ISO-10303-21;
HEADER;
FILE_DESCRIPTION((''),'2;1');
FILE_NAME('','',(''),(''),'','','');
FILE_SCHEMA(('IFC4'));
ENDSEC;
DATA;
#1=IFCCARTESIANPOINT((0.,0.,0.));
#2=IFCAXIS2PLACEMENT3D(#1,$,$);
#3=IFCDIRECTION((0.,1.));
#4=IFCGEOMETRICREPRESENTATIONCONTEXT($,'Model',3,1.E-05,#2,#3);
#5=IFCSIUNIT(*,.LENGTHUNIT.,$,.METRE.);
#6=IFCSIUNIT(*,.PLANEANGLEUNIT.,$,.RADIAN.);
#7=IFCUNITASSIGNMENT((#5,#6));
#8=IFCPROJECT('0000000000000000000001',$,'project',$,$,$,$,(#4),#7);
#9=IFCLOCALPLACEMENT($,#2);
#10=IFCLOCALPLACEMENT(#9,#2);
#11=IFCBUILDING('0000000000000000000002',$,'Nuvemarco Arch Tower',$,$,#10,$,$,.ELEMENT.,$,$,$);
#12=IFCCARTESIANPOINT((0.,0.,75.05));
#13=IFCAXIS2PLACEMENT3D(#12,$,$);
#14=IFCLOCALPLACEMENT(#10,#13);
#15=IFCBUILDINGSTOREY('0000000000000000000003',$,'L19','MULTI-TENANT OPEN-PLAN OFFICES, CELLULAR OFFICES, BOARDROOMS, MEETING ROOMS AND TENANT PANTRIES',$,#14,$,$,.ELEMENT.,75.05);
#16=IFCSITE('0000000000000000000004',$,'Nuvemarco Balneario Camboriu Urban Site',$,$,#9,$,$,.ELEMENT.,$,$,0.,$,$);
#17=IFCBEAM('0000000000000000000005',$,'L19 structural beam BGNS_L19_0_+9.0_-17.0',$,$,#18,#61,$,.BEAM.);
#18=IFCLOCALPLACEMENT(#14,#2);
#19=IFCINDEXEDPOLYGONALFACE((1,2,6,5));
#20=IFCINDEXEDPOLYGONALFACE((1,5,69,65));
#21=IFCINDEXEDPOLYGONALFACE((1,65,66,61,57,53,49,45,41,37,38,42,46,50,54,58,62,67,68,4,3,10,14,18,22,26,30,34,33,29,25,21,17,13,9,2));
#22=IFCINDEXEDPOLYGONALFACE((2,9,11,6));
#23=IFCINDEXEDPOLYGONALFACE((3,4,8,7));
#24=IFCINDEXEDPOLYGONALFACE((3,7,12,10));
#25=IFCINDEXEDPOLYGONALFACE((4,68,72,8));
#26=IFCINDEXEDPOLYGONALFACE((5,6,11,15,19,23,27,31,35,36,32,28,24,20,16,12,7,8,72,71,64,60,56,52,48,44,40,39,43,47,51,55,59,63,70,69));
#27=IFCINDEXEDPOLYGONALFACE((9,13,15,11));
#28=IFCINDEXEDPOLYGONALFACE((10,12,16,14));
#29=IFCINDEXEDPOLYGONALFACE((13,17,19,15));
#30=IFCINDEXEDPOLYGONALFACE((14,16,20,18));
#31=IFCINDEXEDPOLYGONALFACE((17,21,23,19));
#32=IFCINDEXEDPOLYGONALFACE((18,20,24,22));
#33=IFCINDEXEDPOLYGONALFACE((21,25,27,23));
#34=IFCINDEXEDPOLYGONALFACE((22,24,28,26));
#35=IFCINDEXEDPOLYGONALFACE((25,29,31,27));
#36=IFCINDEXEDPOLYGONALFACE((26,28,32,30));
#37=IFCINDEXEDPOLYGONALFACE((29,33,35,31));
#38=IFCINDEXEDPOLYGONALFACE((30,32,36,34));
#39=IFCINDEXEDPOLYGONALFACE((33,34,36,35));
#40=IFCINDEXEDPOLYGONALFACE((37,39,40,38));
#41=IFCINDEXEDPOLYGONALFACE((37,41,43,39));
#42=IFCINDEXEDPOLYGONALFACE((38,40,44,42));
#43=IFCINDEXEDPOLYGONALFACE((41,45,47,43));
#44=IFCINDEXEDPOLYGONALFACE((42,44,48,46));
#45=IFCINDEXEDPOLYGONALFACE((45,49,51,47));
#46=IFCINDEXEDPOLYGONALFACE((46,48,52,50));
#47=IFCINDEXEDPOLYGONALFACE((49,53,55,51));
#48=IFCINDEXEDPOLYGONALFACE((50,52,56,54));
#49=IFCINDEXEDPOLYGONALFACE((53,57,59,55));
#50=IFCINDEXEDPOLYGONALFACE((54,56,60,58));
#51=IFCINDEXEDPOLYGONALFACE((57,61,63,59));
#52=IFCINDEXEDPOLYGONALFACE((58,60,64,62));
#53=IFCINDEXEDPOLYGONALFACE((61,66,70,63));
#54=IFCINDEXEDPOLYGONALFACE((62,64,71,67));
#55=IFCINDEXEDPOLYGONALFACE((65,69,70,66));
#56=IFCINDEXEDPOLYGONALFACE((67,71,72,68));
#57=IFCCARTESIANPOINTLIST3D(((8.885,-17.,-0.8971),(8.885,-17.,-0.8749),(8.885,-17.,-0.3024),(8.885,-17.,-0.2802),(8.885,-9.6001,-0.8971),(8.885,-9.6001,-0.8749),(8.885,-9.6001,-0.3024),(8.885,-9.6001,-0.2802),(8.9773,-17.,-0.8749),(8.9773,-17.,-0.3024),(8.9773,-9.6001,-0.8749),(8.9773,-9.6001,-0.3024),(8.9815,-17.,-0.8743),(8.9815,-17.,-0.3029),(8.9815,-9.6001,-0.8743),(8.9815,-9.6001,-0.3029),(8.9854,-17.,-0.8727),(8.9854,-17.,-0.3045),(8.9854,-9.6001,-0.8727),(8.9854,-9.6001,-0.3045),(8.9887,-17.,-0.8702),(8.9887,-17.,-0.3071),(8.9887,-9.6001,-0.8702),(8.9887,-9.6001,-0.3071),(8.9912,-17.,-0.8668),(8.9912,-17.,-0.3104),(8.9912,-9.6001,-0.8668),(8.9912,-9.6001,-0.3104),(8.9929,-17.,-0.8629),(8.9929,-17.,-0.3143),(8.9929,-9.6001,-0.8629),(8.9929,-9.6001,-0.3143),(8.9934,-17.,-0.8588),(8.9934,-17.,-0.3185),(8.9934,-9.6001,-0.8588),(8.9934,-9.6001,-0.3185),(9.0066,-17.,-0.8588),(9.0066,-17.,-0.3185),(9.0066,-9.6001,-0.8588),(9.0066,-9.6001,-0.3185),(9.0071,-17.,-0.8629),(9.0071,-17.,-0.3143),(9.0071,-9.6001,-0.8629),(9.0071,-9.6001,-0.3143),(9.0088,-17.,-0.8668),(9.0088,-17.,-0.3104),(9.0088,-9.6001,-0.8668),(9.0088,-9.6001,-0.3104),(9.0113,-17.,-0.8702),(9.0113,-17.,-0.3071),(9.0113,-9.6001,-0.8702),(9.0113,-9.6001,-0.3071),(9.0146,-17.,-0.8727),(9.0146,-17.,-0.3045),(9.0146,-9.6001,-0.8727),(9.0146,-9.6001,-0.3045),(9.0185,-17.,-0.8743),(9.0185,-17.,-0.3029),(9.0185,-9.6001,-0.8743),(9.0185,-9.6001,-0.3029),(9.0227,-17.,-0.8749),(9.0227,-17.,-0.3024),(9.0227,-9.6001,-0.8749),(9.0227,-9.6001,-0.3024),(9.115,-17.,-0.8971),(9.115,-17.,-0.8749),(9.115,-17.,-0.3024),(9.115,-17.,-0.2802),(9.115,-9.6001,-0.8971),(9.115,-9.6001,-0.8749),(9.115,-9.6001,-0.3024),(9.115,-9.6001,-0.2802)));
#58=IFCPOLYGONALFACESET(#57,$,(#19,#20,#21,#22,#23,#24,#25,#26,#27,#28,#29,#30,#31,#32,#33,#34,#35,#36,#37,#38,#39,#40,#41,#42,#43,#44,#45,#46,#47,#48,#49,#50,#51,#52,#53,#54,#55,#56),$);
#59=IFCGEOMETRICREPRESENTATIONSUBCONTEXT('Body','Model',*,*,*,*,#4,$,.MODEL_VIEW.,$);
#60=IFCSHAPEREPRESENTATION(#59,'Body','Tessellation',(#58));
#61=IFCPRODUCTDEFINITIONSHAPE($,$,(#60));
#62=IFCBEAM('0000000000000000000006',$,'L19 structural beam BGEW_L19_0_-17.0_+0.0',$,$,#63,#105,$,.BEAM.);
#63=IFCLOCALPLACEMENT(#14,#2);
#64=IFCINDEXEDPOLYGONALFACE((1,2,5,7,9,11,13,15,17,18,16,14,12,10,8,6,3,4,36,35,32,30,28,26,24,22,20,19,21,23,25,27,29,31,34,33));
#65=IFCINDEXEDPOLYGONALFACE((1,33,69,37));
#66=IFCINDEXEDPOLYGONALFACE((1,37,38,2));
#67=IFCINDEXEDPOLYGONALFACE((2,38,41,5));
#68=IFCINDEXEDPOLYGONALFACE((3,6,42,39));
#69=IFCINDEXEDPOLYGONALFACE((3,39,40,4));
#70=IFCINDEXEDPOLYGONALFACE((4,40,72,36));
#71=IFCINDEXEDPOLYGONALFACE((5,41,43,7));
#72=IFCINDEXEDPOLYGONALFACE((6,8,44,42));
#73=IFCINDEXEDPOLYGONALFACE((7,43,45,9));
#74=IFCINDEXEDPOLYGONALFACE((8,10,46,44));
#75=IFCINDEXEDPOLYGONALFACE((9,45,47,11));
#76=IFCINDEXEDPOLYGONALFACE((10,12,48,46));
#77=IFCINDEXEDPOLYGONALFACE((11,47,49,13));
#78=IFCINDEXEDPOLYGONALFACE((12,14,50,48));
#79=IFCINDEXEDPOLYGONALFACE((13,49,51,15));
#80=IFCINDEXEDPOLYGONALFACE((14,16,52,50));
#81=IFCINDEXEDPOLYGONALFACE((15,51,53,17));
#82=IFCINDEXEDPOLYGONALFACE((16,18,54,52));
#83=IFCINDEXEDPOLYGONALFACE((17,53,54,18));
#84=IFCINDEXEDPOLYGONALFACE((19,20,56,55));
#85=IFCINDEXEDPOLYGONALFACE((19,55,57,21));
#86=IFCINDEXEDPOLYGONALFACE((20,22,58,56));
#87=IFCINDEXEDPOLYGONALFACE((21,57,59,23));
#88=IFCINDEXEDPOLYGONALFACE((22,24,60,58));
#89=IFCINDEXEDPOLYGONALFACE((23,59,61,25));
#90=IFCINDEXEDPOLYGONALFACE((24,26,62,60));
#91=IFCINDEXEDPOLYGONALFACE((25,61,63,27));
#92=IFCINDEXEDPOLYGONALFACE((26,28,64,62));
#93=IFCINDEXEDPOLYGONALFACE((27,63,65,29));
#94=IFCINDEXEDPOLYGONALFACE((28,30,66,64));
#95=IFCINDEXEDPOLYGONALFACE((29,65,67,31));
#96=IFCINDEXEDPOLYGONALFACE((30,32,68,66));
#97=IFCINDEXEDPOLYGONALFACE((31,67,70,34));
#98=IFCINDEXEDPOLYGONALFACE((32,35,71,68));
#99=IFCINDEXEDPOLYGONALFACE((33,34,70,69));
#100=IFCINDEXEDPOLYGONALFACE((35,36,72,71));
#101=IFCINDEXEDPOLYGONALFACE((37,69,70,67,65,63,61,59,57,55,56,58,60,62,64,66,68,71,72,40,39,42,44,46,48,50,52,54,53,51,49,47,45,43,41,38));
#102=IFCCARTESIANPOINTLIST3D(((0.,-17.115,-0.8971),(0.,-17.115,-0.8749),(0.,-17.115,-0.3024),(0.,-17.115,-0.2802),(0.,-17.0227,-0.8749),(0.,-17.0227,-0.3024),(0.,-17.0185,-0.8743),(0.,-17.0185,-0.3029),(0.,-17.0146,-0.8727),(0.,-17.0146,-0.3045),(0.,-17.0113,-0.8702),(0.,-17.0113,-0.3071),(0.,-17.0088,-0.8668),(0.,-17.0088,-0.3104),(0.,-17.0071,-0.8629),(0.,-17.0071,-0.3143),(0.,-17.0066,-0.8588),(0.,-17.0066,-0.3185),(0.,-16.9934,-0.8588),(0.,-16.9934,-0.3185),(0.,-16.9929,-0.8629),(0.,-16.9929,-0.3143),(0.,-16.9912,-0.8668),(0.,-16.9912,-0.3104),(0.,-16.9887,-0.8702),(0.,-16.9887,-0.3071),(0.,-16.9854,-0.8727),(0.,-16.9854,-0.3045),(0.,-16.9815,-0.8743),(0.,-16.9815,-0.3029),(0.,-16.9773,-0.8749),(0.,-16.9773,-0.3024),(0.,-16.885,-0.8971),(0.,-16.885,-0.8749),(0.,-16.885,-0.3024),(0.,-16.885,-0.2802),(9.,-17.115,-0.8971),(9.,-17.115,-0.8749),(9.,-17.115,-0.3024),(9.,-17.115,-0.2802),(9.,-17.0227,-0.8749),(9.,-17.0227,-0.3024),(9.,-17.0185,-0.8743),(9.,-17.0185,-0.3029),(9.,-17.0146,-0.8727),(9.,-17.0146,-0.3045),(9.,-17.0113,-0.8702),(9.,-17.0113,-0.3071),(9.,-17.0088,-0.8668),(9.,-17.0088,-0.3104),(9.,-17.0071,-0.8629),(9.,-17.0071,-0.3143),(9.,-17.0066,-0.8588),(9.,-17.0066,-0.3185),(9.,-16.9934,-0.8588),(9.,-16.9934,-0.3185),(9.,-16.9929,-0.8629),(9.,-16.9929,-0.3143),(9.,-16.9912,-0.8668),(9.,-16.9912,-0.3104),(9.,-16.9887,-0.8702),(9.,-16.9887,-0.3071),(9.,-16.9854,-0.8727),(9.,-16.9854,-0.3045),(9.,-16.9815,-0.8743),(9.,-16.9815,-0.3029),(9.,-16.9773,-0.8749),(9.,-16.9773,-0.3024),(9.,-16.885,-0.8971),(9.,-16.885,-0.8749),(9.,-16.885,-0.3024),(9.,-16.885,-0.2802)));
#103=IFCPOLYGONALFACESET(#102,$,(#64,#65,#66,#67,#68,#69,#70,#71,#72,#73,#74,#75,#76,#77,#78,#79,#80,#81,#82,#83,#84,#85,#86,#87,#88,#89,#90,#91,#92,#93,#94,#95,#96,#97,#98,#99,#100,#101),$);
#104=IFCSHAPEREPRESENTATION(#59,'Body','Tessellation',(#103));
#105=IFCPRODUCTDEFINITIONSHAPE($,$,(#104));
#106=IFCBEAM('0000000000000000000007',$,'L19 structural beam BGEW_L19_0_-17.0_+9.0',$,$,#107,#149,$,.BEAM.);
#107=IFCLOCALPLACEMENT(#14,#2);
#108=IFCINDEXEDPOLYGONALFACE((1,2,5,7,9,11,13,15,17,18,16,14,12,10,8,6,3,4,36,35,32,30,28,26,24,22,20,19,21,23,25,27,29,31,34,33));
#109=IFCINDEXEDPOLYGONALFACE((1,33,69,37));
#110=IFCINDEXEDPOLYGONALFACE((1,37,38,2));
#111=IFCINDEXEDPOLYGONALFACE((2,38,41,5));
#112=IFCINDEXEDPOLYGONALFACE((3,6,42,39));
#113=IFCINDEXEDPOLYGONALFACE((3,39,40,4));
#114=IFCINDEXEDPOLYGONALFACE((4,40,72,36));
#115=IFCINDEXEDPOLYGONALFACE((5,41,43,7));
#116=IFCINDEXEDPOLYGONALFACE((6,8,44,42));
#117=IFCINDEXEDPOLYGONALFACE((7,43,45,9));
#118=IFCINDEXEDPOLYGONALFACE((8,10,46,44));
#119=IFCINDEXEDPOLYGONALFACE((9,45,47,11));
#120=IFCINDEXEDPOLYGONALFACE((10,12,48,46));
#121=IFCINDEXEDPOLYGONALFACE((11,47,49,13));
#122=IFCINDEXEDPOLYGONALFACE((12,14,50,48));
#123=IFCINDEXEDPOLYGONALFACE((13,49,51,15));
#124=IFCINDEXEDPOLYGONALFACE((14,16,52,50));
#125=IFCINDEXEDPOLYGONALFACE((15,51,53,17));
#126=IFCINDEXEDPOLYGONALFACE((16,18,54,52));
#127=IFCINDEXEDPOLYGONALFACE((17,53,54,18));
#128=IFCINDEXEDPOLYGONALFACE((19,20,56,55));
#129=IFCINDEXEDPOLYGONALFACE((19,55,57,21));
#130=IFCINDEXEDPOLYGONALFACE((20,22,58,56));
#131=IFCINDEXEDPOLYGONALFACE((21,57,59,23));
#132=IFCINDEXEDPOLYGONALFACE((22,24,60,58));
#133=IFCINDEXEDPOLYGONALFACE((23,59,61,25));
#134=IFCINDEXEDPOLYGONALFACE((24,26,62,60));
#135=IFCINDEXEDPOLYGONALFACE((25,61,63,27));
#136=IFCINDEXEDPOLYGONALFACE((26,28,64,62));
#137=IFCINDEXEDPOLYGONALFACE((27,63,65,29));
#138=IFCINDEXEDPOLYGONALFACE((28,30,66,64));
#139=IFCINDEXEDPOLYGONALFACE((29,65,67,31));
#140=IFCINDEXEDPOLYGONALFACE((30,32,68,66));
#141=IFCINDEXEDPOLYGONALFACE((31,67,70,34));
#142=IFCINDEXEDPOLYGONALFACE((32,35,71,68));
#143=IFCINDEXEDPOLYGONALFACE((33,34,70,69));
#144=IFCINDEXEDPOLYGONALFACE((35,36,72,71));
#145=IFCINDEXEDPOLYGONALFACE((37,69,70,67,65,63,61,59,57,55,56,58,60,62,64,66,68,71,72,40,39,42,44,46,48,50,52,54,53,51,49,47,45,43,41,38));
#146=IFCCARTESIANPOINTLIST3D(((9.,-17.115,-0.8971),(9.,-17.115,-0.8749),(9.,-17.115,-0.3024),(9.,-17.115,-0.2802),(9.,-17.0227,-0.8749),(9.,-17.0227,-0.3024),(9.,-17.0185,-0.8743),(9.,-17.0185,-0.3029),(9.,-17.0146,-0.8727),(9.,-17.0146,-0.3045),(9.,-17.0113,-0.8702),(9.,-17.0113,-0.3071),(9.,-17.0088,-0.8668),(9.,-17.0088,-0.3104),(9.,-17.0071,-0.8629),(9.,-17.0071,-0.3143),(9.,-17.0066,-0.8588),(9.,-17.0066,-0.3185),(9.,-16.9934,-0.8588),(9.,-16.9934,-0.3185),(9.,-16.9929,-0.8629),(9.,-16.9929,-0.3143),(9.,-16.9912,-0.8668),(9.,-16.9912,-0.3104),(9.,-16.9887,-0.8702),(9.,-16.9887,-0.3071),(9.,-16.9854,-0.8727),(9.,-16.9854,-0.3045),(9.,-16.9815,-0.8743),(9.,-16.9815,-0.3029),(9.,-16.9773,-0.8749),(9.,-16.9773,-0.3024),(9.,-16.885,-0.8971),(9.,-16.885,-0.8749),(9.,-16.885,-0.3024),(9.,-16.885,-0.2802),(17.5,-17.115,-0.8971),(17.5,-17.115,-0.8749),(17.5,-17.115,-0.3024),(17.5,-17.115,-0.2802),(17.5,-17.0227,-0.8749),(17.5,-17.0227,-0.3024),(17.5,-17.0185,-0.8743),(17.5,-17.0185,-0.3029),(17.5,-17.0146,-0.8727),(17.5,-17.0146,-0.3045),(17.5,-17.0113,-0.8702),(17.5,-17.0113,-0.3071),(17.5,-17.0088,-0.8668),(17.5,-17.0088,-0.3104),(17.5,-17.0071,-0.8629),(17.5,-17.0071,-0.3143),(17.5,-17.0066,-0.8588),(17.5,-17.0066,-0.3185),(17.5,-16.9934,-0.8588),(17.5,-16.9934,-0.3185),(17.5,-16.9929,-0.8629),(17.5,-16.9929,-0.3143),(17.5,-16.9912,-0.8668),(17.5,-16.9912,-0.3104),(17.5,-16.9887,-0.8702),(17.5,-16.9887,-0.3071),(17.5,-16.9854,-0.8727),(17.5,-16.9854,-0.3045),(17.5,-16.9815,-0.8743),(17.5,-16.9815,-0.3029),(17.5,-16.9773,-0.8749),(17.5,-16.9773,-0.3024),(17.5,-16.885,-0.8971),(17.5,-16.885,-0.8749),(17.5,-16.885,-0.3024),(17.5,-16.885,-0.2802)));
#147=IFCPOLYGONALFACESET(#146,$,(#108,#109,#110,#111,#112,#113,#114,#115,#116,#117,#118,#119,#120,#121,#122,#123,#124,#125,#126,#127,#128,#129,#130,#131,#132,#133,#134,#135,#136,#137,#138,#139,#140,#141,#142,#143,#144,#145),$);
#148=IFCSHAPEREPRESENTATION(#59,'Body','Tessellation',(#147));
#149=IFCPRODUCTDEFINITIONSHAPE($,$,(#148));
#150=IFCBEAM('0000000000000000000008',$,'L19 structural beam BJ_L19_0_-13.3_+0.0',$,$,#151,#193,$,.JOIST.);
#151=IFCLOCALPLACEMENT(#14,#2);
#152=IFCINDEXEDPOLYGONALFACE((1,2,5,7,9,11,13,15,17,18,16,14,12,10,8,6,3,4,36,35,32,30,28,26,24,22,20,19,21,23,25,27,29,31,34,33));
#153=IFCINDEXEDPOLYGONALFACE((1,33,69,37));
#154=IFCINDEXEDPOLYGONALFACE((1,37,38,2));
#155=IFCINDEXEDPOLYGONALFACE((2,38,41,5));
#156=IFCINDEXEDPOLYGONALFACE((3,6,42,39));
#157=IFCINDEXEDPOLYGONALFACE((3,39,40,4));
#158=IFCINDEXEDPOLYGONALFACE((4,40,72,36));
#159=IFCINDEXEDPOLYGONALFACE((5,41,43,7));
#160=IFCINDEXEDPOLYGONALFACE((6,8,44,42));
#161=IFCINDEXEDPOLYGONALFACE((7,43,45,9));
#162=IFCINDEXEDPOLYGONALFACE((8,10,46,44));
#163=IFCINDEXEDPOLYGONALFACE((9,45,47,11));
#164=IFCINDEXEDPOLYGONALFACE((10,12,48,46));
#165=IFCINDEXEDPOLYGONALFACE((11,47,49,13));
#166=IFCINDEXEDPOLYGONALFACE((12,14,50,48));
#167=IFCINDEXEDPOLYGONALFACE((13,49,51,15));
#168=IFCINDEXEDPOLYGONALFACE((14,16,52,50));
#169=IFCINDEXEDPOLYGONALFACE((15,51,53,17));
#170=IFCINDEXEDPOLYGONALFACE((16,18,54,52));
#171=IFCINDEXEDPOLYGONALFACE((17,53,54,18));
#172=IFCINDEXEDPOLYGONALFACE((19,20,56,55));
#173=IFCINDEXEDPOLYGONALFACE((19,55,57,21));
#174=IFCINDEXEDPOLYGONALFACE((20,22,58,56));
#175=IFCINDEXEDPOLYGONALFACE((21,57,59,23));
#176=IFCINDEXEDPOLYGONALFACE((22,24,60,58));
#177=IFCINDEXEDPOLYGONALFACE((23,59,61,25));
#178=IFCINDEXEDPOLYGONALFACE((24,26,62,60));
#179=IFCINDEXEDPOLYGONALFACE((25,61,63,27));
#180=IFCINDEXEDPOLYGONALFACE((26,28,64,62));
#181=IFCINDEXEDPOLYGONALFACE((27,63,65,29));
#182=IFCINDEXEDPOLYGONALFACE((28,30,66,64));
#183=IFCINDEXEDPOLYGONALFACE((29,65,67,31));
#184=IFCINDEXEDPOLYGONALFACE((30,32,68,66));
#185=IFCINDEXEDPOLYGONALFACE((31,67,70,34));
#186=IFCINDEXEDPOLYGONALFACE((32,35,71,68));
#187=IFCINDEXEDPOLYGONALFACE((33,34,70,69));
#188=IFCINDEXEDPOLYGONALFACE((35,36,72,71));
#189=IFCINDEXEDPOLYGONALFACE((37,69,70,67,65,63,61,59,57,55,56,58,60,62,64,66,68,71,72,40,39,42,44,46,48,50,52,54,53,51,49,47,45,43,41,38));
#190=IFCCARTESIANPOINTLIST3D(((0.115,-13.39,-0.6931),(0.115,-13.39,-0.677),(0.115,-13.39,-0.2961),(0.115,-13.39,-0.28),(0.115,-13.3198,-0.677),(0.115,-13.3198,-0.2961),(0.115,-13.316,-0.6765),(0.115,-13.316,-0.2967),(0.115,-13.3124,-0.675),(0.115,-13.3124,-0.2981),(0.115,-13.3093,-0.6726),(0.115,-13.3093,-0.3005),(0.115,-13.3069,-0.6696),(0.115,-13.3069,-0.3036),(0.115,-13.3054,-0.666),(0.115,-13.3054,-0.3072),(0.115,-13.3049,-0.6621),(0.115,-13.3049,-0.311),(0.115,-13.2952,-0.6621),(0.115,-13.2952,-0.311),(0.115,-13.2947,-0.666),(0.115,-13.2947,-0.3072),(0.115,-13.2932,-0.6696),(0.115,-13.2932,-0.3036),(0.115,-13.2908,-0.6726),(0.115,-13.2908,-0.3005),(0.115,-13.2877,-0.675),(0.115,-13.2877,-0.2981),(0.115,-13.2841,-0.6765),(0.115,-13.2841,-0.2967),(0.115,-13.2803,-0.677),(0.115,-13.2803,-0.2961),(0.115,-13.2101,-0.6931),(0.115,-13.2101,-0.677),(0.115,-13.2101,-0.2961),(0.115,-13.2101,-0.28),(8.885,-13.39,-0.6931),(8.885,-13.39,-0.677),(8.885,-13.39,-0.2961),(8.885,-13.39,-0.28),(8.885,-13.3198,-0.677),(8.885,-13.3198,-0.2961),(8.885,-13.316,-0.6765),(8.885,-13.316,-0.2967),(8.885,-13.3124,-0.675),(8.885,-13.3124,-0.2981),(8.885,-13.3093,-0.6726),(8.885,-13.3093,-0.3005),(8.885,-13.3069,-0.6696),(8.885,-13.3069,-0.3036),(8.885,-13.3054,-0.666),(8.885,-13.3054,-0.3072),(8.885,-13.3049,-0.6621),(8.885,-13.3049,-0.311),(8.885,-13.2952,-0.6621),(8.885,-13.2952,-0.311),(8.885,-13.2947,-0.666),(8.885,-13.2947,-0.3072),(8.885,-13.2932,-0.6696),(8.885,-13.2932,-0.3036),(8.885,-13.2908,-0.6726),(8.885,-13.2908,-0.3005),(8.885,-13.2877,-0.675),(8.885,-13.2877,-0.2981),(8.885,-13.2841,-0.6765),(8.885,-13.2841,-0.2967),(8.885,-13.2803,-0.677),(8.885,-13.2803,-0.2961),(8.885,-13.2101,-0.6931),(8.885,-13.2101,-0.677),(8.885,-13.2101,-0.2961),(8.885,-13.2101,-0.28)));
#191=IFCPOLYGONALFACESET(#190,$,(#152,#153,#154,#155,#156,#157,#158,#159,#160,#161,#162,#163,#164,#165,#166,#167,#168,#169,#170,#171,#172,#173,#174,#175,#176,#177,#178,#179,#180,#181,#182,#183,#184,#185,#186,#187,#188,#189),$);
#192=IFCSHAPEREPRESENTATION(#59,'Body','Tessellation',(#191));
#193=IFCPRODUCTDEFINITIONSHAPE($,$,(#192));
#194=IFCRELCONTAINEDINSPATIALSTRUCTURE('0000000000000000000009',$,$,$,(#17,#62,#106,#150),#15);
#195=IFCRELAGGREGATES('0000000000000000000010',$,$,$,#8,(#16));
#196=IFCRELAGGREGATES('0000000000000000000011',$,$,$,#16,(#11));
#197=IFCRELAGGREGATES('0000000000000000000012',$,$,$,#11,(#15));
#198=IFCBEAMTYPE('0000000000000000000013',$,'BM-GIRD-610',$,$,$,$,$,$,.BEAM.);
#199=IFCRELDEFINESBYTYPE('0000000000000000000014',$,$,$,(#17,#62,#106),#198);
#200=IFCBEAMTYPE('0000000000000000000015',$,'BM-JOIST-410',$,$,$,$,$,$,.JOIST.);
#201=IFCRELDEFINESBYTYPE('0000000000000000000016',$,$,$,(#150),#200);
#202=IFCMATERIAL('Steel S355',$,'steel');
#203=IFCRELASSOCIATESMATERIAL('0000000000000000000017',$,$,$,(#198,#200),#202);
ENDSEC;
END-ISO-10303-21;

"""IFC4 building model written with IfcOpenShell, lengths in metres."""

from ifc_helpers import new_model, si_unit, direction, frame, origin, origin_2d, place, context, subcontext, project, spatial, i_section, extrude, material, material_profile, profile_set, type_object, element, save


model = new_model("IFC4")

# Units and contexts
model_context = context("Model", 3, precision=1e-05, world=origin(), true_north=direction((0.0, 1.0)))
body_context = subcontext(model_context, "Body", "Model", "MODEL_VIEW")
ifc_project = project(units=[si_unit("LENGTHUNIT", "METRE"), si_unit("PLANEANGLEUNIT", "RADIAN")], contexts=[model_context])

# Site, building, storey
site_placement = place(None, origin())
site = spatial("IfcSite", under=ifc_project, at=site_placement, Name="Nuvemarco Balneario Camboriu Urban Site", CompositionType="ELEMENT", RefElevation=0.0)
building_placement = place(site_placement, origin())
building = spatial("IfcBuilding", under=site, at=building_placement, Name="Nuvemarco Arch Tower", CompositionType="ELEMENT")
storey_placement = place(building_placement, frame((0.0, 0.0, 75.05)))
storey = spatial("IfcBuildingStorey", under=building, at=storey_placement, Name="L19", Description="MULTI-TENANT OPEN-PLAN OFFICES, CELLULAR OFFICES, BOARDROOMS, MEETING ROOMS AND TENANT PANTRIES", CompositionType="ELEMENT", Elevation=75.05)

# Shared definitions
ifc_material_1 = material(Name="Steel S355", Category="steel")

# Beams
ifc_material_profile_1 = material_profile(ifc_material_1, i_section(OverallWidth=0.23, OverallDepth=0.6169, WebThickness=0.0132, FlangeThickness=0.0222, FilletRadius=0.0161, at=origin_2d()), Name="W610x140")
ifc_profile_set_1 = profile_set([ifc_material_profile_1], Name="Steel S355")
beam_type_1 = type_object("IfcBeamType", Name="BM-GIRD-610", PredefinedType="BEAM", material=ifc_profile_set_1)
beam_1_placement = place(storey_placement, frame((9.0, -17.0, -0.5886), z_axis=(0.0, 1.0, 0.0), x_axis=(-1.0, 0.0, 0.0)))
element("IfcBeam", 1, at=beam_1_placement, inside=storey, type_object=beam_type_1, Name="L19 structural beam BGNS_L19_0_+9.0_-17.0", PredefinedType="BEAM", context=body_context, shape_type="SweptSolid", body=[
    extrude(i_section(OverallWidth=0.23, OverallDepth=0.6169, WebThickness=0.0132, FlangeThickness=0.0222, FilletRadius=0.0161, at=origin_2d()), origin(), (0.0, 0.0, 1.0), 7.3999),
])
beam_2_placement = place(storey_placement, frame((0.0, -17.0, -0.5886), z_axis=(1.0, 0.0, 0.0), x_axis=(0.0, 1.0, 0.0)))
element("IfcBeam", 2, at=beam_2_placement, inside=storey, type_object=beam_type_1, Name="L19 structural beam BGEW_L19_0_-17.0_+0.0", PredefinedType="BEAM", context=body_context, shape_type="SweptSolid", body=[
    extrude(i_section(OverallWidth=0.23, OverallDepth=0.6169, WebThickness=0.0132, FlangeThickness=0.0222, FilletRadius=0.0161, at=origin_2d()), origin(), (0.0, 0.0, 1.0), 9.0),
])
beam_3_placement = place(storey_placement, frame((9.0, -17.0, -0.5886), z_axis=(1.0, 0.0, 0.0), x_axis=(0.0, 1.0, 0.0)))
element("IfcBeam", 3, at=beam_3_placement, inside=storey, type_object=beam_type_1, Name="L19 structural beam BGEW_L19_0_-17.0_+9.0", PredefinedType="BEAM", context=body_context, shape_type="SweptSolid", body=[
    extrude(i_section(OverallWidth=0.23, OverallDepth=0.6169, WebThickness=0.0132, FlangeThickness=0.0222, FilletRadius=0.0161, at=origin_2d()), origin(), (0.0, 0.0, 1.0), 8.5),
])
ifc_material_profile_2 = material_profile(ifc_material_1, i_section(OverallWidth=0.1799, OverallDepth=0.4131, WebThickness=0.0098, FlangeThickness=0.0161, FilletRadius=0.0149, at=origin_2d()), Name="W410x75")
ifc_profile_set_2 = profile_set([ifc_material_profile_2], Name="Steel S355")
beam_type_2 = type_object("IfcBeamType", Name="BM-JOIST-410", PredefinedType="JOIST", material=ifc_profile_set_2)
beam_4_placement = place(storey_placement, frame((0.115, -13.3, -0.4866), z_axis=(1.0, 0.0, 0.0), x_axis=(0.0, 1.0, 0.0)))
element("IfcBeam", 4, at=beam_4_placement, inside=storey, type_object=beam_type_2, Name="L19 structural beam BJ_L19_0_-13.3_+0.0", PredefinedType="JOIST", context=body_context, shape_type="SweptSolid", body=[
    extrude(i_section(OverallWidth=0.1799, OverallDepth=0.4131, WebThickness=0.0098, FlangeThickness=0.0161, FilletRadius=0.0149, at=origin_2d()), origin(), (0.0, 0.0, 1.0), 8.77),
])

save(model, "model.ifc")
